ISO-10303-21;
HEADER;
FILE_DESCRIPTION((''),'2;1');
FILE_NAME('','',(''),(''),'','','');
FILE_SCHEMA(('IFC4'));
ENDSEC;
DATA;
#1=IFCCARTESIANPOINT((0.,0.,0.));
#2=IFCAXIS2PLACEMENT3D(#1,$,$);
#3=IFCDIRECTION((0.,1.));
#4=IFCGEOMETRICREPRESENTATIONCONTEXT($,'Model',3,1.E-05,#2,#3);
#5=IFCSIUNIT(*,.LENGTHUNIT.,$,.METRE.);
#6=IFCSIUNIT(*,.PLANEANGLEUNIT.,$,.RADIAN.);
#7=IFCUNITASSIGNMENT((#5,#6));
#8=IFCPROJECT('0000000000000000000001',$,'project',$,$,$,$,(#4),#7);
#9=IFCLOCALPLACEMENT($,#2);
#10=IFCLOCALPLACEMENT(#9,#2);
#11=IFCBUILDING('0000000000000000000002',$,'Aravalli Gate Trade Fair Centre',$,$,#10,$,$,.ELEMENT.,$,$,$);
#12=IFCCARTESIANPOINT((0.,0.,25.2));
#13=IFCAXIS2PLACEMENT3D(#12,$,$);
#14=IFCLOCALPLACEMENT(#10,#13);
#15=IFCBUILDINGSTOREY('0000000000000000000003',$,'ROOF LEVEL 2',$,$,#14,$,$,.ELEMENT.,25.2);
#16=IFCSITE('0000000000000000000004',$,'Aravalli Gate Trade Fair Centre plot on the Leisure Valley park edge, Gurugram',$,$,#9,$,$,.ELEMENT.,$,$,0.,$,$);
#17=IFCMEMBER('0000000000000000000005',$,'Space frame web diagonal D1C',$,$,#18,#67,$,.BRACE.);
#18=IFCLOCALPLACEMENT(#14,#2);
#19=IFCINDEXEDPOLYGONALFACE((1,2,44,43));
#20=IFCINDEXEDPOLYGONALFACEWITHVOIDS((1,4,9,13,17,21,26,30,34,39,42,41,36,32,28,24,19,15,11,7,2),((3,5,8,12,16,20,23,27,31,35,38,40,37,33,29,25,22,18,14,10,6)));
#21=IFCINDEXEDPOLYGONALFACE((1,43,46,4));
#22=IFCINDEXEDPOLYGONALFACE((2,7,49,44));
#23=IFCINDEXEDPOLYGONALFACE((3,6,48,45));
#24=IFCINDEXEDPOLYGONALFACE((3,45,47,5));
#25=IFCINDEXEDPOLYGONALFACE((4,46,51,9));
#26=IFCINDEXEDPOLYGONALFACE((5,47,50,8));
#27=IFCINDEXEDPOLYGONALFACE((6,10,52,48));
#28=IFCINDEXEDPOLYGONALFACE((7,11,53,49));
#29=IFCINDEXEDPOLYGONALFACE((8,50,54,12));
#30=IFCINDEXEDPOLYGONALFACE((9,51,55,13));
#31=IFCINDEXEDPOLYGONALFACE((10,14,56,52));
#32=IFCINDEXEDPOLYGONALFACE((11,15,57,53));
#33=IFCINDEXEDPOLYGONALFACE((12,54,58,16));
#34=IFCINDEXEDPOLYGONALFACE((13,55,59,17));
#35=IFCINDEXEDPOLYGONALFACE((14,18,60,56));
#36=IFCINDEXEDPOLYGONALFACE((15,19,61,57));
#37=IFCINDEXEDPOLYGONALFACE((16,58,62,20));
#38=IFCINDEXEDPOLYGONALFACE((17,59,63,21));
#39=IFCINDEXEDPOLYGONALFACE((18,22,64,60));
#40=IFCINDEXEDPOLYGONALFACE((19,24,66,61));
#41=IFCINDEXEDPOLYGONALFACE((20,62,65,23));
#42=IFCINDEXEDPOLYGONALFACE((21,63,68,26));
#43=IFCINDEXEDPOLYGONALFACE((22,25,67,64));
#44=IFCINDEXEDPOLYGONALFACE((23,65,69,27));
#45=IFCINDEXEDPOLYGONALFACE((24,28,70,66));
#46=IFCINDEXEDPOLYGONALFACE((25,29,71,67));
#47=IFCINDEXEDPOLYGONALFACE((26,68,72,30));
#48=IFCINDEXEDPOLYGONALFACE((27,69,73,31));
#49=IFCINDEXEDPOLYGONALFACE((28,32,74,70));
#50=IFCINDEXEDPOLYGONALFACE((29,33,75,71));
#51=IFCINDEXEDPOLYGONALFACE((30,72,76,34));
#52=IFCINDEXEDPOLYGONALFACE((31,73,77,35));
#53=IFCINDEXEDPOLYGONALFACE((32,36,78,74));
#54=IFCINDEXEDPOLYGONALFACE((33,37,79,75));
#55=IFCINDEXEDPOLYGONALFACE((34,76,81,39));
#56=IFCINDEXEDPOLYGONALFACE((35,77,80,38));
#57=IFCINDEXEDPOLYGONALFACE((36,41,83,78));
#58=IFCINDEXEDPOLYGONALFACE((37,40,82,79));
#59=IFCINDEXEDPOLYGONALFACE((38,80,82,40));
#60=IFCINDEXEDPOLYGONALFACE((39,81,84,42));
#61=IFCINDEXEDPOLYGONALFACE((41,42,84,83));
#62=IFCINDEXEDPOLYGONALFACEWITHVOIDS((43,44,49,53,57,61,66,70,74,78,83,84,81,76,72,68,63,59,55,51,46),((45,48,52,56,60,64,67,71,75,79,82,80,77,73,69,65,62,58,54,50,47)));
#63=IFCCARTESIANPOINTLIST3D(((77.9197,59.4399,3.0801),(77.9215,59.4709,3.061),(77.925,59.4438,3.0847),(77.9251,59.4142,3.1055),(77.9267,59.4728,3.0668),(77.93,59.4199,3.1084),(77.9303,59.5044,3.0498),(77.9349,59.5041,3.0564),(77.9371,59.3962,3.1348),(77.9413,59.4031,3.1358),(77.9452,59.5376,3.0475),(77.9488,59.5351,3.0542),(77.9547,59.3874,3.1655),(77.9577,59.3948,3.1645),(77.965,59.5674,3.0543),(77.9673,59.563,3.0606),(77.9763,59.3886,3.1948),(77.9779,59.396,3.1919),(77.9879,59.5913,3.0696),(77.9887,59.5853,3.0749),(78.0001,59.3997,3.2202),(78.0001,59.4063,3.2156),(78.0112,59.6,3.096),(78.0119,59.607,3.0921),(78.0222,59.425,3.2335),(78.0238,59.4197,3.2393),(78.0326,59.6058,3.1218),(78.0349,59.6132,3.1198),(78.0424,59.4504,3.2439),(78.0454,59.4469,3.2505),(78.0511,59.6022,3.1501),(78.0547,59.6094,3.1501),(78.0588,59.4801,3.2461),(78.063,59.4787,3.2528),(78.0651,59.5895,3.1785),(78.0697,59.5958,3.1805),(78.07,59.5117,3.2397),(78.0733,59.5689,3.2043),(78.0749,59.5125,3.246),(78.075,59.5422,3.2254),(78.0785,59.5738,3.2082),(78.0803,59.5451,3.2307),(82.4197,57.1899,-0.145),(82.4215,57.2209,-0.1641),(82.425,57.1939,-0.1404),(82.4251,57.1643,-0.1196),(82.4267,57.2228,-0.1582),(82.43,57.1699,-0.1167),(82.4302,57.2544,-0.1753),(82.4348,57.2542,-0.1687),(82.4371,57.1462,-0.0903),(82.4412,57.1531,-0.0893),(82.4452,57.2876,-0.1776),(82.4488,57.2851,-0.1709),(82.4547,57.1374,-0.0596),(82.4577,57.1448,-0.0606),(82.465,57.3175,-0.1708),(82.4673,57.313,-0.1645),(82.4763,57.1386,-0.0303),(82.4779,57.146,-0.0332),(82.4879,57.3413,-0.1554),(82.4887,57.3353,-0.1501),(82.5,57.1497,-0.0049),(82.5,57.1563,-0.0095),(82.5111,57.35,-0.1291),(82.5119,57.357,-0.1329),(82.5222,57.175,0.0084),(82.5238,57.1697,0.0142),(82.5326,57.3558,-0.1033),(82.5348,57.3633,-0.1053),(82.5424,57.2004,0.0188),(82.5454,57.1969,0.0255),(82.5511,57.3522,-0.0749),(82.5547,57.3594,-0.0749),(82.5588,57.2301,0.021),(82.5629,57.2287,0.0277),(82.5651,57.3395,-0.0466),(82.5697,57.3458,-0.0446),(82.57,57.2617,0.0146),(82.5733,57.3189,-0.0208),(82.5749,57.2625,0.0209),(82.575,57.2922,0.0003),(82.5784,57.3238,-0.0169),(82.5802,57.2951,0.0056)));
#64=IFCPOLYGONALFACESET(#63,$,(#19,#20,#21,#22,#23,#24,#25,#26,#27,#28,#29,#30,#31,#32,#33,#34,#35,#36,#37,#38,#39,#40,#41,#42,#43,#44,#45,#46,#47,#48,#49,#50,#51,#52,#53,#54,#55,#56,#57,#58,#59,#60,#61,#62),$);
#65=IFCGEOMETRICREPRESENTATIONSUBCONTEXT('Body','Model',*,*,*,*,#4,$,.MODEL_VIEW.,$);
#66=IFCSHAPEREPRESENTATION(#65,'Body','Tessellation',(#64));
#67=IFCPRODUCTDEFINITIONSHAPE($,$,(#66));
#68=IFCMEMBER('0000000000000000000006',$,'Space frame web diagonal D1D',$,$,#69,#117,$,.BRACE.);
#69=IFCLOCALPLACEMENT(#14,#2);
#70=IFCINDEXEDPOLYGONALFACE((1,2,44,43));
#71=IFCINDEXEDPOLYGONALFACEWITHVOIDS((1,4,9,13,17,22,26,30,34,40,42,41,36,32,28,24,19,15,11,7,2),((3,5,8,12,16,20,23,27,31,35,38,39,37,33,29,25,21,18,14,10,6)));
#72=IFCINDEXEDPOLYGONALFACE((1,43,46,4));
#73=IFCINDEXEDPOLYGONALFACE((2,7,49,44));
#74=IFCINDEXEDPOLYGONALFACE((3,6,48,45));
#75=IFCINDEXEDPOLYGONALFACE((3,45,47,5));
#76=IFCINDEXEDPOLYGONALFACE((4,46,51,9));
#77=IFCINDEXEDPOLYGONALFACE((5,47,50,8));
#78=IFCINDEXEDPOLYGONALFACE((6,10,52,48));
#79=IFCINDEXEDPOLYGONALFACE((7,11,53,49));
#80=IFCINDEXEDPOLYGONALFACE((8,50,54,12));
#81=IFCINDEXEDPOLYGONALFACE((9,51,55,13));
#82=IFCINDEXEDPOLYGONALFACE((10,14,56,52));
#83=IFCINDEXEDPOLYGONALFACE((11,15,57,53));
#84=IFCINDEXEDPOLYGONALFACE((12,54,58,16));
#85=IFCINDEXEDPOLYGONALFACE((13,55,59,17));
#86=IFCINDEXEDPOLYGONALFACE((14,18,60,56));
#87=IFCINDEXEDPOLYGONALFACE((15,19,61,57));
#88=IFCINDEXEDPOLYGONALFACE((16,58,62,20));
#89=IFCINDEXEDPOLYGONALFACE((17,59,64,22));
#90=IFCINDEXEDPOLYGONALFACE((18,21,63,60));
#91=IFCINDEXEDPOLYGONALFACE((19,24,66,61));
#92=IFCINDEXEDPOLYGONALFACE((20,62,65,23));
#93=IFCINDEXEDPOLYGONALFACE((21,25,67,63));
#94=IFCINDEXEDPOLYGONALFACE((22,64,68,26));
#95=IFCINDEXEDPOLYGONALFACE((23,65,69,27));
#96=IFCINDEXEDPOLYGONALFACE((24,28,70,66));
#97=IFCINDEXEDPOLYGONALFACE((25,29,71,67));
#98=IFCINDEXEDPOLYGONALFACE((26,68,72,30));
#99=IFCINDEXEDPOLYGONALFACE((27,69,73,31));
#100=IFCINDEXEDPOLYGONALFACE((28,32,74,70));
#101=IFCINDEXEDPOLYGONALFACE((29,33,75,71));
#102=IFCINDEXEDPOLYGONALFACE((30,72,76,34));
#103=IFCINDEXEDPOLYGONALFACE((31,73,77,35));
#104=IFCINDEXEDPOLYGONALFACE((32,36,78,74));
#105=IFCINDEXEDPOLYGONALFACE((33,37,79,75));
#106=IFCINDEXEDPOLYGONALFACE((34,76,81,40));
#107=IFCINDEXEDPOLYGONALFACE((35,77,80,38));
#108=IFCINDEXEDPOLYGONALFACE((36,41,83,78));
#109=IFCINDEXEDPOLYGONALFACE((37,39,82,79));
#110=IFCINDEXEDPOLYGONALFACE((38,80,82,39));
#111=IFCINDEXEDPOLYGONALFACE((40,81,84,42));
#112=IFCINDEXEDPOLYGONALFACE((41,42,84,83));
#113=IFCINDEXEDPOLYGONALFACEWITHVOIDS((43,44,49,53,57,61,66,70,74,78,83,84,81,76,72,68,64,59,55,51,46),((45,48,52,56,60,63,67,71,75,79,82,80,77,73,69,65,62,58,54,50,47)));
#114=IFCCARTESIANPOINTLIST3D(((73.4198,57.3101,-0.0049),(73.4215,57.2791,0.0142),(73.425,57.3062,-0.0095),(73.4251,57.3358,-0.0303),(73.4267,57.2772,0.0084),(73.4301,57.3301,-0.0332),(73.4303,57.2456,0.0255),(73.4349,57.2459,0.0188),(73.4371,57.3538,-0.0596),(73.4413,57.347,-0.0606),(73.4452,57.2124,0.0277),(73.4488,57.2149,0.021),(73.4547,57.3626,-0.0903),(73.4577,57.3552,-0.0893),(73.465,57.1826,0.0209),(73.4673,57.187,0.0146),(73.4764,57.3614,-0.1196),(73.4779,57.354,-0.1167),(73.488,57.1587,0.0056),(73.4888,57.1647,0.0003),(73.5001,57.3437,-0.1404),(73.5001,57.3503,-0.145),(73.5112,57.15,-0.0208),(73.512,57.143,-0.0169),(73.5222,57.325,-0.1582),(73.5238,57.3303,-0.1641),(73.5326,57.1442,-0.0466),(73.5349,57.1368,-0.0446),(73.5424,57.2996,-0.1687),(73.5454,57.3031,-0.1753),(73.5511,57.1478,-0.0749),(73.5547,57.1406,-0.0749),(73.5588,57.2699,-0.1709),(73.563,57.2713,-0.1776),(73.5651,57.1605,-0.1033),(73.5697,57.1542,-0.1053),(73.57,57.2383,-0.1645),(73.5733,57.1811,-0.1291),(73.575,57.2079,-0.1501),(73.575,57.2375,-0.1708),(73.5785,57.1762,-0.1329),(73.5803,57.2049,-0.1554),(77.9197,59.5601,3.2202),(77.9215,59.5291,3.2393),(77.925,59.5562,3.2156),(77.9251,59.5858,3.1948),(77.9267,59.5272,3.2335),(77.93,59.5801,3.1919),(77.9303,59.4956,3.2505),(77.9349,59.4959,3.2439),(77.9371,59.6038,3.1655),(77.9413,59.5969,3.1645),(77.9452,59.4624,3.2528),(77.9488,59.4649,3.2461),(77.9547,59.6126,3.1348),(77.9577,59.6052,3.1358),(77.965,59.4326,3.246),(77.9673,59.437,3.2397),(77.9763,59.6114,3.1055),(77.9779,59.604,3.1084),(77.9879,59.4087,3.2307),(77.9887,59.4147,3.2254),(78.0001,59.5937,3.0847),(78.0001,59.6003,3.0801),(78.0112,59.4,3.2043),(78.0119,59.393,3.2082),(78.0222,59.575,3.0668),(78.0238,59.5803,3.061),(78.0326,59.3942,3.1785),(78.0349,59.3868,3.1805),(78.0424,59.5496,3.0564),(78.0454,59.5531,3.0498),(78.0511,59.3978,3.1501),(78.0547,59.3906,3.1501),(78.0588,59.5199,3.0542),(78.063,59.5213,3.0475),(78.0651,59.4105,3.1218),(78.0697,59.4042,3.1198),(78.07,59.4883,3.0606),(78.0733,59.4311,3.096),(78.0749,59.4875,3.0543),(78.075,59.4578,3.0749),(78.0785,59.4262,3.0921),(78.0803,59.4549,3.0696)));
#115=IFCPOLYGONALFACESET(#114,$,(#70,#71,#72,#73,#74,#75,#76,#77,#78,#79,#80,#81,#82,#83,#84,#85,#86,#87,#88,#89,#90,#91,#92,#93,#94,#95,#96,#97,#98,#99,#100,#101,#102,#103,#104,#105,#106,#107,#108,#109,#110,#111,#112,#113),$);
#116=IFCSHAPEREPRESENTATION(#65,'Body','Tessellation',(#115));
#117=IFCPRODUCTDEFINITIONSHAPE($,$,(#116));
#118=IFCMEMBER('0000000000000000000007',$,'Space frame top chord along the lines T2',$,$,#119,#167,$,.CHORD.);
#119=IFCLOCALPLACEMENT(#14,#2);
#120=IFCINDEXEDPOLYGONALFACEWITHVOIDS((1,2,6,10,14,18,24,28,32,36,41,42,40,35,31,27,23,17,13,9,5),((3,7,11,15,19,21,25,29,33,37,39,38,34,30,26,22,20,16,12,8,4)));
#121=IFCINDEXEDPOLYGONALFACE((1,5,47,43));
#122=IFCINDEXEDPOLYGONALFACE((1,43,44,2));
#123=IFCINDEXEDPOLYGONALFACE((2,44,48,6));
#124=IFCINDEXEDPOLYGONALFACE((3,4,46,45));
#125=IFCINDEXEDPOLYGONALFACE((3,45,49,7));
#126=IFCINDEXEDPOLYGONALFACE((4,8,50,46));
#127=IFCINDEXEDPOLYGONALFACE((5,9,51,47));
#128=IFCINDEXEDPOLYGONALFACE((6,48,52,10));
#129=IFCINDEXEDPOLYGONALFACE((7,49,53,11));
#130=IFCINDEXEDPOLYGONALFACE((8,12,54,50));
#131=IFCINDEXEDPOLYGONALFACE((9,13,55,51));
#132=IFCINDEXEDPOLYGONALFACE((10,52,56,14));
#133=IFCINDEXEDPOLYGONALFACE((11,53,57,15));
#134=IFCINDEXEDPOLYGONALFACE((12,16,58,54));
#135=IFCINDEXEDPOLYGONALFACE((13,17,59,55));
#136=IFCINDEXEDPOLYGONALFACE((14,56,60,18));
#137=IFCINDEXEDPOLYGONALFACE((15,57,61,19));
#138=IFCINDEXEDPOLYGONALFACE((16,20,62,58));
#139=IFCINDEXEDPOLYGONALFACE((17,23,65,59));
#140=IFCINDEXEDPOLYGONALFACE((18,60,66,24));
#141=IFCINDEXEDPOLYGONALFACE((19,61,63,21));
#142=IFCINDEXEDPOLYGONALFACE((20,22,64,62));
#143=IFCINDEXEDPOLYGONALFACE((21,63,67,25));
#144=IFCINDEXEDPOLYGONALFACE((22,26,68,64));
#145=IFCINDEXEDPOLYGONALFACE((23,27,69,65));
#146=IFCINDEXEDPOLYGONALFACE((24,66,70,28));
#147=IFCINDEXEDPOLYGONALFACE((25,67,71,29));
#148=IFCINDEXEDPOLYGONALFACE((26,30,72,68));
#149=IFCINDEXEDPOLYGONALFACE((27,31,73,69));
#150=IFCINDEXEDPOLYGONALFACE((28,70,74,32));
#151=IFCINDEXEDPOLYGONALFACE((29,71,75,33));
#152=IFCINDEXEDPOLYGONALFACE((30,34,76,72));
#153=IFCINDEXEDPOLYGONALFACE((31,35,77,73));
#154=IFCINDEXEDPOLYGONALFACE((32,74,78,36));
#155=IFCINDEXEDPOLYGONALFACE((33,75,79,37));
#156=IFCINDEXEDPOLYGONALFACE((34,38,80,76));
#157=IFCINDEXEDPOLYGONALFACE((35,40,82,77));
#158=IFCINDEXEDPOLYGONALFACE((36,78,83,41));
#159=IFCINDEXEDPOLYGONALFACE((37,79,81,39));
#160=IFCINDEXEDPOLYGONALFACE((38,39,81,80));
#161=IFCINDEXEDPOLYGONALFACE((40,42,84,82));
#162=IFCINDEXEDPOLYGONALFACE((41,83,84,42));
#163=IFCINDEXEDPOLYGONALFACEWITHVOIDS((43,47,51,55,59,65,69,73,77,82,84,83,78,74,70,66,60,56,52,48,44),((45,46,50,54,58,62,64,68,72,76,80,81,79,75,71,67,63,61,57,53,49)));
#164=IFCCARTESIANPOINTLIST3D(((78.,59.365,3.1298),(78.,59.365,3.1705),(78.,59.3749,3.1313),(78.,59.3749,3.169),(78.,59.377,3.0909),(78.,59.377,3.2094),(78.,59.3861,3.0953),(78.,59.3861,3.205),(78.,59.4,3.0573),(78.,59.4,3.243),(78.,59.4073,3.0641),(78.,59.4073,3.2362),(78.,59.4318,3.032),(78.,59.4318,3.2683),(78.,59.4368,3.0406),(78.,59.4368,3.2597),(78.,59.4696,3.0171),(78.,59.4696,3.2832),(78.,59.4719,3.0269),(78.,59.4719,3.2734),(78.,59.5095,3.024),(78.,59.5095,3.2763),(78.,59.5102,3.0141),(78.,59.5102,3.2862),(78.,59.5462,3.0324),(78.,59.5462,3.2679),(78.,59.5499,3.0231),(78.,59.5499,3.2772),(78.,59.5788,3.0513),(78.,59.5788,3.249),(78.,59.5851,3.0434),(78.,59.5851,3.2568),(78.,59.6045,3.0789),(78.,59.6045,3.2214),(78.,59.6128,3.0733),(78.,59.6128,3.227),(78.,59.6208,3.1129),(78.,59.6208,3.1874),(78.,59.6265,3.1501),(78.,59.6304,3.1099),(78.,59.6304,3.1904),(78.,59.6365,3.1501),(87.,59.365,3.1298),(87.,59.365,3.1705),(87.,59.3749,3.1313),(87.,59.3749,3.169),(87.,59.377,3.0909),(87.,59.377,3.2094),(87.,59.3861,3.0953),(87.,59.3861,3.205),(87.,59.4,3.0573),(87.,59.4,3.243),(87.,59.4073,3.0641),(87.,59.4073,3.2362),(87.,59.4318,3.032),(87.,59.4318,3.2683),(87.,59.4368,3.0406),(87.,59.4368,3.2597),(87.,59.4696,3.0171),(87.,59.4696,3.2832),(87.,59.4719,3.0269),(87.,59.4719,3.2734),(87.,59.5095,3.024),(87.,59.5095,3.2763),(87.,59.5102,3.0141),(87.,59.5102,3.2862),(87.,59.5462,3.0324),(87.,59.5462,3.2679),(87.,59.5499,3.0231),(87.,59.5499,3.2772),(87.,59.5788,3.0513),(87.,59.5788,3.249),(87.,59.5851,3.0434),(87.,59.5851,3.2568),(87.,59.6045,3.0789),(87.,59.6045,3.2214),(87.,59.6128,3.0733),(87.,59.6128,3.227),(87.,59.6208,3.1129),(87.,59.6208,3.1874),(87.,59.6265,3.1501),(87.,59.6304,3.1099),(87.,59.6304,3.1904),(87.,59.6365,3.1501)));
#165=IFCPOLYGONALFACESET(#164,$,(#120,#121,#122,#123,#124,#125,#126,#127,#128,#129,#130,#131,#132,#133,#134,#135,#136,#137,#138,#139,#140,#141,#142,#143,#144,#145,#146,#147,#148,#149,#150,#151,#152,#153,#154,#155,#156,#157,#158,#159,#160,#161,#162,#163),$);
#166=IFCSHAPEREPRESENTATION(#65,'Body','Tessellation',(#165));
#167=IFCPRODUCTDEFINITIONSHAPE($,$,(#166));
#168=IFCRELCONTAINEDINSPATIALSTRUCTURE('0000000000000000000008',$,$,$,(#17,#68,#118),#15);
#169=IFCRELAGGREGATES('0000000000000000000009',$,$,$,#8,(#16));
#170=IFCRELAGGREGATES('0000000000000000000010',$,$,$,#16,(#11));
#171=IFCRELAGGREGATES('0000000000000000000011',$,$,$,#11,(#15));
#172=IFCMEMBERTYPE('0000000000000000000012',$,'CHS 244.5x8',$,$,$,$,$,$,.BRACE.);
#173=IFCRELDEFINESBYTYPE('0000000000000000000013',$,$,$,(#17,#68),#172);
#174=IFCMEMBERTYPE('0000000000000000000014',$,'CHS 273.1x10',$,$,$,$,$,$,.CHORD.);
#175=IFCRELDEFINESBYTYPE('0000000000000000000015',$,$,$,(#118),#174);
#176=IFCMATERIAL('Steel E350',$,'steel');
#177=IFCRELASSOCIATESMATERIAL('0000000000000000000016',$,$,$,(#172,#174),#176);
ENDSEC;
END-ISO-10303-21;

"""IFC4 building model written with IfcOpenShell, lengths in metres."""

from ifc_helpers import new_model, si_unit, direction, frame, origin, origin_2d, place, context, subcontext, project, spatial, hollow_circle, extrude, material, material_profile, profile_set, type_object, element, save


model = new_model("IFC4")

# Units and contexts
model_context = context("Model", 3, precision=1e-05, world=origin(), true_north=direction((0.0, 1.0)))
body_context = subcontext(model_context, "Body", "Model", "MODEL_VIEW")
ifc_project = project(units=[si_unit("LENGTHUNIT", "METRE"), si_unit("PLANEANGLEUNIT", "RADIAN")], contexts=[model_context])

# Site, building, storey
site_placement = place(None, origin())
site = spatial("IfcSite", under=ifc_project, at=site_placement, Name="Aravalli Gate Trade Fair Centre plot on the Leisure Valley park edge, Gurugram", CompositionType="ELEMENT", RefElevation=0.0)
building_placement = place(site_placement, origin())
building = spatial("IfcBuilding", under=site, at=building_placement, Name="Aravalli Gate Trade Fair Centre", CompositionType="ELEMENT")
storey_placement = place(building_placement, frame((0.0, 0.0, 25.2)))
storey = spatial("IfcBuildingStorey", under=building, at=storey_placement, Name="ROOF LEVEL 2", CompositionType="ELEMENT", Elevation=25.2)

# Members
ifc_material_1 = material(Name="Steel E350", Category="steel")
ifc_material_profile_1 = material_profile(ifc_material_1, hollow_circle(Radius=0.1223, WallThickness=0.0081, at=origin_2d()), Name="CHS 244.5x8")
ifc_profile_set_1 = profile_set([ifc_material_profile_1], Name="Steel E350")
member_type_1 = type_object("IfcMemberType", Name="CHS 244.5x8", PredefinedType="BRACE", material=ifc_profile_set_1)
for number, where, z_axis, x_axis, name in (
    (1, (78.0, 59.5, 3.1501), (0.753, -0.3765, -0.539666), (0.447214, 0.894427, 0.0), "Space frame web diagonal D1C"),
    (2, (78.0, 59.5, 3.1501), (-0.753, -0.3765, -0.539666), (0.447214, -0.894427, 0.0), "Space frame web diagonal D1D"),
):
    element("IfcMember", number, at=place(storey_placement, frame(where, z_axis=z_axis, x_axis=x_axis)), inside=storey, type_object=member_type_1, Name=name, PredefinedType="BRACE", context=body_context, shape_type="SweptSolid", body=[
        extrude(hollow_circle(Radius=0.1223, WallThickness=0.0081, at=origin_2d()), origin(), (0.0, 0.0, 1.0), 5.9761),
    ])
ifc_material_profile_2 = material_profile(ifc_material_1, hollow_circle(Radius=0.1365, WallThickness=0.01, at=origin_2d()), Name="CHS 273.1x10")
ifc_profile_set_2 = profile_set([ifc_material_profile_2], Name="Steel E350")
member_type_2 = type_object("IfcMemberType", Name="CHS 273.1x10", PredefinedType="CHORD", material=ifc_profile_set_2)
for number, where, z_axis, x_axis, name in (
    (3, (78.0, 59.5, 3.1501), (1.0, 0.0, 0.0), (0.0, 1.0, 0.0), "Space frame top chord along the lines T2"),
):
    element("IfcMember", number, at=place(storey_placement, frame(where, z_axis=z_axis, x_axis=x_axis)), inside=storey, type_object=member_type_2, Name=name, PredefinedType="CHORD", context=body_context, shape_type="SweptSolid", body=[
        extrude(hollow_circle(Radius=0.1365, WallThickness=0.01, at=origin_2d()), origin(), (0.0, 0.0, 1.0), 9.0),
    ])

save(model, "model.ifc")
